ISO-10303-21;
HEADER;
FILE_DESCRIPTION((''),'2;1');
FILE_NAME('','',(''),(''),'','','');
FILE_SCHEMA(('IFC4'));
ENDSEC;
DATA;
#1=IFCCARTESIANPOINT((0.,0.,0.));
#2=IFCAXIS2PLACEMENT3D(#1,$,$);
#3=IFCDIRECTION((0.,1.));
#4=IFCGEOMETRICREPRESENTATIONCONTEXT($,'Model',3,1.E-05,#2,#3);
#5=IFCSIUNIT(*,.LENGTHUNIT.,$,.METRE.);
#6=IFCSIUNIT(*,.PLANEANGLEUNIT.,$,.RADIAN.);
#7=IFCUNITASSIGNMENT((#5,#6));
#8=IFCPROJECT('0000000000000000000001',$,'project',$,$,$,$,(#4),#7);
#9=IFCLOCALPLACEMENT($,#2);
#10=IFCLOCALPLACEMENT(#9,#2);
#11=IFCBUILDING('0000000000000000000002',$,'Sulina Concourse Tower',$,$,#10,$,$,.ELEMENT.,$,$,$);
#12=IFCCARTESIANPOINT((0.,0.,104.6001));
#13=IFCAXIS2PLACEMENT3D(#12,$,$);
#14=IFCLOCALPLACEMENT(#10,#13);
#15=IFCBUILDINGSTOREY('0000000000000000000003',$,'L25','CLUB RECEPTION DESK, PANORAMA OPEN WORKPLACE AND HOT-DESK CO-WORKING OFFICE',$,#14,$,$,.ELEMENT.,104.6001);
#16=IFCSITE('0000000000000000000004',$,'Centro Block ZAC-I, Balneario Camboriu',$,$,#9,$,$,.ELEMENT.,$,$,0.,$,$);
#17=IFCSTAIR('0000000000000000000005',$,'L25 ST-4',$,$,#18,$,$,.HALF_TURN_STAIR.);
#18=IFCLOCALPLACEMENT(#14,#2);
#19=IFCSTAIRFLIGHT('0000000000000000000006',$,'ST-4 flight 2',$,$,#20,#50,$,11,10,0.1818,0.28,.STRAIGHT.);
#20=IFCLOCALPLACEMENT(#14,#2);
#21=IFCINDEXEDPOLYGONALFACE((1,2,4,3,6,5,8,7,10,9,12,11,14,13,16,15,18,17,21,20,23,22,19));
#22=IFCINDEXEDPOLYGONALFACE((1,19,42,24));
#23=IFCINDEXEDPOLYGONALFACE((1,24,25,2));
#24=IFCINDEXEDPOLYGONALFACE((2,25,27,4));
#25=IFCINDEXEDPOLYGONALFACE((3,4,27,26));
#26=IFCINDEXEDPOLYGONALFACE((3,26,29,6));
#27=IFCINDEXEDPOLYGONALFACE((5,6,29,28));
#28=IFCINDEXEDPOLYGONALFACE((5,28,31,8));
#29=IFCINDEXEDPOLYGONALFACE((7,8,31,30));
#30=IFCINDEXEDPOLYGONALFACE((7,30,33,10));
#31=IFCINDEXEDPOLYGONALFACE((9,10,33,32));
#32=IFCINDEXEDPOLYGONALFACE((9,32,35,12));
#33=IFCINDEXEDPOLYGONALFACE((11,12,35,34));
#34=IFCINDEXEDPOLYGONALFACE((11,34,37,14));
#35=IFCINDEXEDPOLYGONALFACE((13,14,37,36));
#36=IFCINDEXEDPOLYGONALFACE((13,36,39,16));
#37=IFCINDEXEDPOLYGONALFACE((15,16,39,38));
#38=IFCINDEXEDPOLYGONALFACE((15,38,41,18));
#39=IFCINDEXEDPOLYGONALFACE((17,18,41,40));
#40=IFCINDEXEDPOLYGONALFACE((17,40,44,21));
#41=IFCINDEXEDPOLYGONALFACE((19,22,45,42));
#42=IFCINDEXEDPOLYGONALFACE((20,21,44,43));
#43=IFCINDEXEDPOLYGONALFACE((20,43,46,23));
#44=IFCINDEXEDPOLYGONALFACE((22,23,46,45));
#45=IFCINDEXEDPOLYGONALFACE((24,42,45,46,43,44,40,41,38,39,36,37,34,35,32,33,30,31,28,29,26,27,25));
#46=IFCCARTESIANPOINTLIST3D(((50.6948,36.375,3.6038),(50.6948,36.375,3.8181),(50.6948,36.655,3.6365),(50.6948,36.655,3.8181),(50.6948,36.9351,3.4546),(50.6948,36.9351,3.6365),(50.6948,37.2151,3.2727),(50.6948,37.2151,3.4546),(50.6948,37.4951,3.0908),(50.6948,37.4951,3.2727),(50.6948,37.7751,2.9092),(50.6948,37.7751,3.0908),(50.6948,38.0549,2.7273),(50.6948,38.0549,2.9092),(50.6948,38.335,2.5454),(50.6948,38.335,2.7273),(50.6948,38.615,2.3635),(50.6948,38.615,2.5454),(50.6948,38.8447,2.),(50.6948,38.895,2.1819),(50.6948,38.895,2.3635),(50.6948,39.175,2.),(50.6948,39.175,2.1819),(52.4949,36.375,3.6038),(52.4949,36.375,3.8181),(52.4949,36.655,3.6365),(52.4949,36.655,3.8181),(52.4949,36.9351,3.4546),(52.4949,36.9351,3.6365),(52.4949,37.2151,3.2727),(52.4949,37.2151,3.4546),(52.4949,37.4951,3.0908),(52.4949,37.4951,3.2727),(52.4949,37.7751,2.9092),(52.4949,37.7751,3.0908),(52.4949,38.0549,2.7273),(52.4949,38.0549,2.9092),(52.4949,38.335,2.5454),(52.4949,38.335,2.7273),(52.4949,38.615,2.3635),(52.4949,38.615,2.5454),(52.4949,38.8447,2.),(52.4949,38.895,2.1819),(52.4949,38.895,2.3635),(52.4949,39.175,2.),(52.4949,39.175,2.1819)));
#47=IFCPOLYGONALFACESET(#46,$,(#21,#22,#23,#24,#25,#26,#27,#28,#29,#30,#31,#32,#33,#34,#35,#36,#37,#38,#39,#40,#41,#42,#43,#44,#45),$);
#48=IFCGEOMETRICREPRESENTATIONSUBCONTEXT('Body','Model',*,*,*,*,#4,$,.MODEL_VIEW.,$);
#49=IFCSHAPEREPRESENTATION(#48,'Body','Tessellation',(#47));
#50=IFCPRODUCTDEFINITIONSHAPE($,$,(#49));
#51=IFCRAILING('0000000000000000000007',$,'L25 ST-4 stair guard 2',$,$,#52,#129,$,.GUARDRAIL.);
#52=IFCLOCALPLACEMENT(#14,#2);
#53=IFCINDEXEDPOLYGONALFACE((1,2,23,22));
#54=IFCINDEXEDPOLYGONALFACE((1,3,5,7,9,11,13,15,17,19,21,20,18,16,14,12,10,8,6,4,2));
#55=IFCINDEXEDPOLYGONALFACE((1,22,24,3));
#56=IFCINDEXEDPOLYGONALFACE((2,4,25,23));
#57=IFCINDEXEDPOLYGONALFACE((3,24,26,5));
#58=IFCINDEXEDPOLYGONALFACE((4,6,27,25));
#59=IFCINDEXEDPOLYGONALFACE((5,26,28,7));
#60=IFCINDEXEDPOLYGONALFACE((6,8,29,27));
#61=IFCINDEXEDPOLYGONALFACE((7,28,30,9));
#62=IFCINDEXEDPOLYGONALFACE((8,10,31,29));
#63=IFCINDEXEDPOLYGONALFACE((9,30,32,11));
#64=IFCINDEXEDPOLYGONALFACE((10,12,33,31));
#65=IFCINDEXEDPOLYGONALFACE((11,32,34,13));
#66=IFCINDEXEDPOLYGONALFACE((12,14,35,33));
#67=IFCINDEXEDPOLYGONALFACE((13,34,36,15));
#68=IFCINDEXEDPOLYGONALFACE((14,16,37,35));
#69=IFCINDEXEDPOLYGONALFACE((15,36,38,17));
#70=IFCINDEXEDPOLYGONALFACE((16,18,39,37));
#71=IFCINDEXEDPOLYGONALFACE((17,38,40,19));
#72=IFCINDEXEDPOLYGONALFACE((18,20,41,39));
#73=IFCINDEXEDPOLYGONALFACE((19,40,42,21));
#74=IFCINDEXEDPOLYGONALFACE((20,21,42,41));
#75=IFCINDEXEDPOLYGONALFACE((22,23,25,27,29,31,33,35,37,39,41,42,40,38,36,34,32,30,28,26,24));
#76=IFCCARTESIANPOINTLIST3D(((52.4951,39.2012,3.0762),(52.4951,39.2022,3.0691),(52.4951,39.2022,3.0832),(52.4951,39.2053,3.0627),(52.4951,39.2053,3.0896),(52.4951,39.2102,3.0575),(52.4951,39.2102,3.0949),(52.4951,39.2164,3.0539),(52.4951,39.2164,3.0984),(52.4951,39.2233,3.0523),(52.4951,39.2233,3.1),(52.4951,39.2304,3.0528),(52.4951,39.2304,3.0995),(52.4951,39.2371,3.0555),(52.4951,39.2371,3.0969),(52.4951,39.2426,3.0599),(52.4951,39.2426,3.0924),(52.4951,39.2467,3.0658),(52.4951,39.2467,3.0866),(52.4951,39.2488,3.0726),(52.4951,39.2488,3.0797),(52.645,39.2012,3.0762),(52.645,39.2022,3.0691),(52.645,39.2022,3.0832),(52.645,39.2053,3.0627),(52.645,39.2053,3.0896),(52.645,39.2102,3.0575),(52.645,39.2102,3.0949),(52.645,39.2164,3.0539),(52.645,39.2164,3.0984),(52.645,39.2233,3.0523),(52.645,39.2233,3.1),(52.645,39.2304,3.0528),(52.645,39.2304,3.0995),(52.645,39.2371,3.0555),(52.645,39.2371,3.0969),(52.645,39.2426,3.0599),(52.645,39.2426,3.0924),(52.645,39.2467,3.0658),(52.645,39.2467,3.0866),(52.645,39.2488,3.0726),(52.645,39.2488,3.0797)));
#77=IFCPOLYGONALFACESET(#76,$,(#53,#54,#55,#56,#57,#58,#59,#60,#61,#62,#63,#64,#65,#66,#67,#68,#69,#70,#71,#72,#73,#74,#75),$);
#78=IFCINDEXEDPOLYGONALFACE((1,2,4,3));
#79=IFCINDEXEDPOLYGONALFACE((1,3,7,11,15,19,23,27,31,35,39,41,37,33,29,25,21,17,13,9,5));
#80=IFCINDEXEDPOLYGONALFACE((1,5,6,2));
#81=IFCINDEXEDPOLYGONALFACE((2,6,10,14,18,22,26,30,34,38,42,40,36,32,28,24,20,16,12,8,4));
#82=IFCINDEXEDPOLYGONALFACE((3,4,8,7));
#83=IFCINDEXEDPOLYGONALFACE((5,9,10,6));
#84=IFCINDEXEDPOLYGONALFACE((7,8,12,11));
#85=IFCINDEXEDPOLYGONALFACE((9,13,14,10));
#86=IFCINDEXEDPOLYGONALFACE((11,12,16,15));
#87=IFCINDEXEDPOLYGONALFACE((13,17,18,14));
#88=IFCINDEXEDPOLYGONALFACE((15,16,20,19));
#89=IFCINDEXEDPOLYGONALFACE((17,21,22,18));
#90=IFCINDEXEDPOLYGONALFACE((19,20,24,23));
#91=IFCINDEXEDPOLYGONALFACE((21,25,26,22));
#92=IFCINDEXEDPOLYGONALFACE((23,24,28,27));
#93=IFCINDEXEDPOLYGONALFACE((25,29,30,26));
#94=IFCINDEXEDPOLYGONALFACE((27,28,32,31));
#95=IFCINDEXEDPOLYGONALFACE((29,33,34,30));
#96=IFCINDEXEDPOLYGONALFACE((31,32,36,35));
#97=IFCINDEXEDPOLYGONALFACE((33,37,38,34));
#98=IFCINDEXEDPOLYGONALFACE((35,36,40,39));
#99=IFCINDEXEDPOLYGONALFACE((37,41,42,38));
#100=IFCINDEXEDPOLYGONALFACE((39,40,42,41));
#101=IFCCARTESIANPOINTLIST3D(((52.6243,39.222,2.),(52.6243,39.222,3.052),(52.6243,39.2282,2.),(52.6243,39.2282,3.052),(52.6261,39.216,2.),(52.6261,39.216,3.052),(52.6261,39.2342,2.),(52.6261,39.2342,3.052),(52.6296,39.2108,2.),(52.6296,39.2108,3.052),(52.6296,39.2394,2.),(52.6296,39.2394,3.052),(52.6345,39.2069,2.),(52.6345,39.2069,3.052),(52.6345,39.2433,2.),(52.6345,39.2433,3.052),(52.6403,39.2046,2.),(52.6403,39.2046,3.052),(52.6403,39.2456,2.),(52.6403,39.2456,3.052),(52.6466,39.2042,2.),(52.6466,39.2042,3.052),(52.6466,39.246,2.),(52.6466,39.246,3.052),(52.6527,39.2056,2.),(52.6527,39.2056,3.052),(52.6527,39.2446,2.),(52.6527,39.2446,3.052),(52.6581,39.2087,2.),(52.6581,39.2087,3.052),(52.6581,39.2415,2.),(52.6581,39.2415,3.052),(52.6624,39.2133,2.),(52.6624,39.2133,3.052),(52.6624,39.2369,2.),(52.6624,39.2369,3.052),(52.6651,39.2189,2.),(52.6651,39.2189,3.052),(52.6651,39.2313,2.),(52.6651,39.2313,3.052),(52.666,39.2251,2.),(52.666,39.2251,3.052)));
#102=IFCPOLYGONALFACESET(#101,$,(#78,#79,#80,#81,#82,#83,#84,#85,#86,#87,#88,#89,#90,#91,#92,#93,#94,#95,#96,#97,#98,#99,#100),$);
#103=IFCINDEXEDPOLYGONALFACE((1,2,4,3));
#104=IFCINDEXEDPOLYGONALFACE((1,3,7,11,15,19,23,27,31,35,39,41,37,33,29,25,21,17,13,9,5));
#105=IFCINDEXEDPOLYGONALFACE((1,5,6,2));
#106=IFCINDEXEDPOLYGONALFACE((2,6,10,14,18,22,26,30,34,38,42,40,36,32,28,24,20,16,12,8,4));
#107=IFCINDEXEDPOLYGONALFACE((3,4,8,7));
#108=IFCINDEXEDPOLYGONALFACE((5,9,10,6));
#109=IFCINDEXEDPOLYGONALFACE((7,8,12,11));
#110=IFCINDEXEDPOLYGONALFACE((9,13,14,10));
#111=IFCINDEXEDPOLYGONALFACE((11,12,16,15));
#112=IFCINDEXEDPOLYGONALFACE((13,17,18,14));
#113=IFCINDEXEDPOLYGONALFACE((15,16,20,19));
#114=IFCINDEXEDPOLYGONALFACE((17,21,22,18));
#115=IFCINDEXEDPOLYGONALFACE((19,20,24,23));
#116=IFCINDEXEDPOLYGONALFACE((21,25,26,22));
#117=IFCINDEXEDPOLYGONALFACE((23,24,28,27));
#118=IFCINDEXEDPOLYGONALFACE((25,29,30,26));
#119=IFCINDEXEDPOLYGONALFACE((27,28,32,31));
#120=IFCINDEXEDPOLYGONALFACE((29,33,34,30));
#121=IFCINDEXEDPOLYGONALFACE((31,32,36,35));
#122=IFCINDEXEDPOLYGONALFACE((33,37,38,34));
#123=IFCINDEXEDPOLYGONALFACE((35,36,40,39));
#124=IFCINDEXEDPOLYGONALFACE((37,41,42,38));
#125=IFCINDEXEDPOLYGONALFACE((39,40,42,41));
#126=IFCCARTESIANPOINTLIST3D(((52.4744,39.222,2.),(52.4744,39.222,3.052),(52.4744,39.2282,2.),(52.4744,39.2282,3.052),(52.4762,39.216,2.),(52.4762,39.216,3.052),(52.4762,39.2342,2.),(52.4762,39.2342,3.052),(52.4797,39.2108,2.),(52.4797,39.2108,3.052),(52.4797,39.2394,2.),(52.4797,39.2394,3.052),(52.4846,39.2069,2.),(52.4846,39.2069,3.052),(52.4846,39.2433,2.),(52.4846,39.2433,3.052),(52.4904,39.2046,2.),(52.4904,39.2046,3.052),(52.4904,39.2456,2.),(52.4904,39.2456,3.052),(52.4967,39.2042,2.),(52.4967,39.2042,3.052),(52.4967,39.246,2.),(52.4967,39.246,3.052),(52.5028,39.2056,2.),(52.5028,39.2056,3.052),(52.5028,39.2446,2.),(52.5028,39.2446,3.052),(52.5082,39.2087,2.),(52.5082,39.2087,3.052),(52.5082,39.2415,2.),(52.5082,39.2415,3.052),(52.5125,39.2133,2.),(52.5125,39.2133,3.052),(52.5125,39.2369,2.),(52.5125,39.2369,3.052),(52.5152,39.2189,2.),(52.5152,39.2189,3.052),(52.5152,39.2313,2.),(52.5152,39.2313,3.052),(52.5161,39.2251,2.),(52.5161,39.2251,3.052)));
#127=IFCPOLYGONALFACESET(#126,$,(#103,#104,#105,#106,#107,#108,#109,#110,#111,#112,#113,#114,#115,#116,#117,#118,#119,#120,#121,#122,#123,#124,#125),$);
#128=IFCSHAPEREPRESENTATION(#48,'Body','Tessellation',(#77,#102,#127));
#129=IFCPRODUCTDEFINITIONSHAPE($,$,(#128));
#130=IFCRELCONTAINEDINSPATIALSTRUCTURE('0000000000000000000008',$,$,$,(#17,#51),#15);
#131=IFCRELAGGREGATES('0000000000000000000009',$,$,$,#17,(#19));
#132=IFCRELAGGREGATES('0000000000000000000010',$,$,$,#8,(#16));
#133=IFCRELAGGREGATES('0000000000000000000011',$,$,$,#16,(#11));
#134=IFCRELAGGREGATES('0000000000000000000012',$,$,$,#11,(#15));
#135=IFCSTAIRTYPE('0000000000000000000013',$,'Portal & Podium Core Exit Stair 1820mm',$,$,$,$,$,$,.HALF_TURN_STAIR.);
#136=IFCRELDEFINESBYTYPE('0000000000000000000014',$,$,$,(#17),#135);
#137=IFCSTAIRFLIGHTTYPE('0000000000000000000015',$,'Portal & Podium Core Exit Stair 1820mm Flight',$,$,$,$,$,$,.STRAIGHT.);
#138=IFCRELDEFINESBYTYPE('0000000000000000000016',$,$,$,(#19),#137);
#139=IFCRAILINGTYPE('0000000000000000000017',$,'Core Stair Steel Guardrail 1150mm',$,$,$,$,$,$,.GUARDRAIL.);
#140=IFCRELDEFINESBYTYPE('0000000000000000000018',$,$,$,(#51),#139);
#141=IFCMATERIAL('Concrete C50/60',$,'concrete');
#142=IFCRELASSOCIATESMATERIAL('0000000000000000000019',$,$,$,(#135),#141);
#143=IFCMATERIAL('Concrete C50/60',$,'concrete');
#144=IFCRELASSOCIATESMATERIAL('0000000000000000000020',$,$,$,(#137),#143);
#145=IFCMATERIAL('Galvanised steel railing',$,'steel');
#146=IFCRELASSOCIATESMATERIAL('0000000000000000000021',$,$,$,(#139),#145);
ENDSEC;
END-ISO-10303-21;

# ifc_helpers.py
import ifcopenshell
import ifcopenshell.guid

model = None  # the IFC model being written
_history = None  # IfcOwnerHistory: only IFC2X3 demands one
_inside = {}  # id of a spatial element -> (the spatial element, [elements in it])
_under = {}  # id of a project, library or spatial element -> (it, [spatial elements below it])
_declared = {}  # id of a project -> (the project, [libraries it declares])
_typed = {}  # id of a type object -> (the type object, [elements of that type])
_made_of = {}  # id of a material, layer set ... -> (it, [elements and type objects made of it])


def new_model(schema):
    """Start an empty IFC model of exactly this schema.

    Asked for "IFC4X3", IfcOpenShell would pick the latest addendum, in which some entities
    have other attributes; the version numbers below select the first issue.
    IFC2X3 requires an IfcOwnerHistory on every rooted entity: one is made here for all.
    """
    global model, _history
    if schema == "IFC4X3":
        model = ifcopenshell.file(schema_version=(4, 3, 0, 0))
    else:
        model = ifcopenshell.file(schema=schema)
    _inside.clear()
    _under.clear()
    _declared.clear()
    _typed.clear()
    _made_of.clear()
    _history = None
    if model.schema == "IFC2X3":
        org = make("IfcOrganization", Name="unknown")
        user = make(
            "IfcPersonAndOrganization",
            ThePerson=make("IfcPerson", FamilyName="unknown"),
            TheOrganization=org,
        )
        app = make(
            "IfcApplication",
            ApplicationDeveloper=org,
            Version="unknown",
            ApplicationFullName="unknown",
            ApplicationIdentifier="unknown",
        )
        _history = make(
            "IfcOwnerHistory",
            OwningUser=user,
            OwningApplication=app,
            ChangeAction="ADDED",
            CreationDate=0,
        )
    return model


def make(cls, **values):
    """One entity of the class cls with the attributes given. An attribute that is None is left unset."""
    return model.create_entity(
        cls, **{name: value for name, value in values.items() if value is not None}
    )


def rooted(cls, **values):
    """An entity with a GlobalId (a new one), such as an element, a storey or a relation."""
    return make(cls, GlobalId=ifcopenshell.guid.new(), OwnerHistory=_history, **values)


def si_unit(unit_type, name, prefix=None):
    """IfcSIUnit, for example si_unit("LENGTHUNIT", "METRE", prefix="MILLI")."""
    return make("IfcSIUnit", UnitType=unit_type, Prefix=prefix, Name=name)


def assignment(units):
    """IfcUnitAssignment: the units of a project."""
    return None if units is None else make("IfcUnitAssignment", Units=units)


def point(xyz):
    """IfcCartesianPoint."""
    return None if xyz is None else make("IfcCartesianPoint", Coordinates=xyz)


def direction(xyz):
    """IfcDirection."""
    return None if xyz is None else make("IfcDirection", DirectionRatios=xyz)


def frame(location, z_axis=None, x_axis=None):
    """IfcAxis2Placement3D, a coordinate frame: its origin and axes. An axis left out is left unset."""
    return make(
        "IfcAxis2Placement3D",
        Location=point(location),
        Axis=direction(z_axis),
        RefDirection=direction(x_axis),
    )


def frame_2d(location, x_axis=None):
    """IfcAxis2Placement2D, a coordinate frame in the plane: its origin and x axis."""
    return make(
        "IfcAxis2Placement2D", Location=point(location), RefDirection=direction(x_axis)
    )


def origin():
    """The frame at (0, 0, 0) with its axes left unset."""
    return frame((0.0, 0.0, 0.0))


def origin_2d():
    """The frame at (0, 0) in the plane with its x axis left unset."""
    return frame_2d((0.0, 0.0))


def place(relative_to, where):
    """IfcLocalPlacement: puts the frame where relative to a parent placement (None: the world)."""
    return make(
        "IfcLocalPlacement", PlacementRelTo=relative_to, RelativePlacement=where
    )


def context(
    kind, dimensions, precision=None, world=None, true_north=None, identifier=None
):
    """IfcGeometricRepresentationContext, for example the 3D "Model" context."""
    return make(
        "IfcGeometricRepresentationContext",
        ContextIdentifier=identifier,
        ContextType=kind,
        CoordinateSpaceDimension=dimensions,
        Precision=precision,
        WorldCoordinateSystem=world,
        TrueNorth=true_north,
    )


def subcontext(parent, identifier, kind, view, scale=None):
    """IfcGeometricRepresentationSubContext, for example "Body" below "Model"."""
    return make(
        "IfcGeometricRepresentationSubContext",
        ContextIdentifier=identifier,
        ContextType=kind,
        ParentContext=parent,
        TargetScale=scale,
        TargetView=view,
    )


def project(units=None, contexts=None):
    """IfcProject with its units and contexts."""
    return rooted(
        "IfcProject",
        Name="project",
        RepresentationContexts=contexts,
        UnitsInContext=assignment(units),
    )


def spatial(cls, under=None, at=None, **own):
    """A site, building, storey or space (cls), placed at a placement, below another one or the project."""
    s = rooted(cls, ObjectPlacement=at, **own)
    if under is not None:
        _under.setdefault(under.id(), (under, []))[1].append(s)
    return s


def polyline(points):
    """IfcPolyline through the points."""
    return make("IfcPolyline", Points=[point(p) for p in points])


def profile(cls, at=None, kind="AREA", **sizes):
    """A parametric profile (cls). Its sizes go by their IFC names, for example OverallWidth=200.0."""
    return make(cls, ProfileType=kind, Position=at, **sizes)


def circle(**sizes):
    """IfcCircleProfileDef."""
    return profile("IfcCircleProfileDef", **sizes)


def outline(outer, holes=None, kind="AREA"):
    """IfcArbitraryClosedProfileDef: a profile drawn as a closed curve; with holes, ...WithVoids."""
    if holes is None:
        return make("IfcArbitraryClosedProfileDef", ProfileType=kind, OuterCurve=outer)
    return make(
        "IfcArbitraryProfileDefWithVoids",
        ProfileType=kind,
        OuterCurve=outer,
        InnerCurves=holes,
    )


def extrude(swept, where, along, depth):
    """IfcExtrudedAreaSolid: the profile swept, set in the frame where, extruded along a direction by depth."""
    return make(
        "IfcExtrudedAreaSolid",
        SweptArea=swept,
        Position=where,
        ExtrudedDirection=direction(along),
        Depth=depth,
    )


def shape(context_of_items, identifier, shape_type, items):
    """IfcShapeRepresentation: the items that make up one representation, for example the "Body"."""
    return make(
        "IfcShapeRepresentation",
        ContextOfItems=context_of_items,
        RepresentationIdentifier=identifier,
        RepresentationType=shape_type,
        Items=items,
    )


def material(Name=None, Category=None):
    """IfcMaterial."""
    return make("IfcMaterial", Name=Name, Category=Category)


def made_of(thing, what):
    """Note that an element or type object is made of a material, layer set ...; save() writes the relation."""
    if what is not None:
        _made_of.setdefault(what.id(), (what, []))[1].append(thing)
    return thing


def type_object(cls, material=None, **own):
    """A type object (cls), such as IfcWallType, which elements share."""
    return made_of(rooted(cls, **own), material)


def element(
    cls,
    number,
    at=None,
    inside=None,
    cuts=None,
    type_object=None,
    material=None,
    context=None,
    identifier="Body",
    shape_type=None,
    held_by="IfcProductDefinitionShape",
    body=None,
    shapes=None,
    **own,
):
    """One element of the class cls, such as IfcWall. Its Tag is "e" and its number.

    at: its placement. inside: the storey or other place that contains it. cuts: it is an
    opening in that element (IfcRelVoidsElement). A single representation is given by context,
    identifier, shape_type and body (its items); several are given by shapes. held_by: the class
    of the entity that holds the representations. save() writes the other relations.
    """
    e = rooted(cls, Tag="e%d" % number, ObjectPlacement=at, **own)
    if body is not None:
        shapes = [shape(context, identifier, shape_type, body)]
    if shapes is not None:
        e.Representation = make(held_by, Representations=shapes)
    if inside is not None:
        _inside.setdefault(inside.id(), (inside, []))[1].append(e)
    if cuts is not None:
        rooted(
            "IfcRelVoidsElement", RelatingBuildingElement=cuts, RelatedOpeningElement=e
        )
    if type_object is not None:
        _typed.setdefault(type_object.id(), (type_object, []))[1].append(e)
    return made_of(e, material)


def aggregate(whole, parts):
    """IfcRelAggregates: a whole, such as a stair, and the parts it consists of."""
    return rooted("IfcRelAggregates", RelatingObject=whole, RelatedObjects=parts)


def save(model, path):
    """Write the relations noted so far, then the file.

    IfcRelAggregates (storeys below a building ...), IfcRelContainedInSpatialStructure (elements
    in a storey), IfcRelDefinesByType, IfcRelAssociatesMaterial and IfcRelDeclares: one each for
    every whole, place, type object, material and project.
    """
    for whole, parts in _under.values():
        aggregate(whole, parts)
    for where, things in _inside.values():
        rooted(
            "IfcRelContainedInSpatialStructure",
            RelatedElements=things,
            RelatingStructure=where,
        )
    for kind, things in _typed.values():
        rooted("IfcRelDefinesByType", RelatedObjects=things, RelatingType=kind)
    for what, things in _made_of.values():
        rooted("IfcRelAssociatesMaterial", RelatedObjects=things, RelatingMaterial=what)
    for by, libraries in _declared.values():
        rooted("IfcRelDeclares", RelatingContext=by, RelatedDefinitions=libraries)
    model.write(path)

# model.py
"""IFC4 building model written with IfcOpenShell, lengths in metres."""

from ifc_helpers import new_model, si_unit, direction, frame, origin, origin_2d, place, context, subcontext, project, spatial, polyline, circle, outline, extrude, material, type_object, element, aggregate, save


model = new_model("IFC4")

# Units and contexts
model_context = context("Model", 3, precision=1e-05, world=origin(), true_north=direction((0.0, 1.0)))
body_context = subcontext(model_context, "Body", "Model", "MODEL_VIEW")
ifc_project = project(units=[si_unit("LENGTHUNIT", "METRE"), si_unit("PLANEANGLEUNIT", "RADIAN")], contexts=[model_context])

# Site, building, storey
site_placement = place(None, origin())
site = spatial("IfcSite", under=ifc_project, at=site_placement, Name="Centro Block ZAC-I, Balneario Camboriu", CompositionType="ELEMENT", RefElevation=0.0)
building_placement = place(site_placement, origin())
building = spatial("IfcBuilding", under=site, at=building_placement, Name="Sulina Concourse Tower", CompositionType="ELEMENT")
storey_placement = place(building_placement, frame((0.0, 0.0, 104.6001)))
storey = spatial("IfcBuildingStorey", under=building, at=storey_placement, Name="L25", Description="CLUB RECEPTION DESK, PANORAMA OPEN WORKPLACE AND HOT-DESK CO-WORKING OFFICE", CompositionType="ELEMENT", Elevation=104.6001)

# Stair, stair flight
ifc_material_1 = material(Name="Concrete C50/60", Category="concrete")
stair_type = type_object("IfcStairType", Name="Portal & Podium Core Exit Stair 1820mm", PredefinedType="HALF_TURN_STAIR", material=ifc_material_1)
stair_placement = place(storey_placement, origin())
stair = element("IfcStair", 1, at=stair_placement, inside=storey, type_object=stair_type, Name="L25 ST-4", PredefinedType="HALF_TURN_STAIR")
ifc_material_2 = material(Name="Concrete C50/60", Category="concrete")
stair_flight_type = type_object("IfcStairFlightType", Name="Portal & Podium Core Exit Stair 1820mm Flight", PredefinedType="STRAIGHT", material=ifc_material_2)
stair_flight_placement = place(storey_placement, frame((51.595, 39.175, 2.0), z_axis=(0.0, 0.0, 1.0), x_axis=(0.0, -1.0, 0.0)))
stair_flight = element("IfcStairFlight", 2, at=stair_flight_placement, type_object=stair_flight_type, Name="ST-4 flight 2", NumberOfRisers=11, NumberOfTreads=10, PredefinedType="STRAIGHT", RiserHeight=0.1818, TreadLength=0.28, context=body_context, shape_type="SweptSolid", body=[
    extrude(outline(polyline([(0.0, 0.0), (0.0, 0.1819), (0.28, 0.1819), (0.28, 0.3635), (0.5601, 0.3635), (0.5601, 0.5454), (0.8401, 0.5454), (0.8401, 0.7273), (1.1201, 0.7273), (1.1201, 0.9092), (1.3999, 0.9092), (1.3999, 1.0908), (1.6799, 1.0908), (1.6799, 1.2727), (1.96, 1.2727), (1.96, 1.4546), (2.24, 1.4546), (2.24, 1.6365), (2.52, 1.6365), (2.52, 1.8181), (2.8, 1.8181), (2.8, 2.0), (2.8, 1.6038), (0.3303, 0.0), (0.0, 0.0)])), frame((0.0, 0.8999, 0.0), z_axis=(0.0, -1.0, 0.0), x_axis=(1.0, 0.0, 0.0)), (0.0, 0.0, 1.0), 1.8),
])
aggregate(stair, [stair_flight])

# Railing
ifc_material_3 = material(Name="Galvanised steel railing", Category="steel")
railing_type_1 = type_object("IfcRailingType", Name="Core Stair Steel Guardrail 1150mm", PredefinedType="GUARDRAIL", material=ifc_material_3)
railing_1_placement = place(storey_placement, frame((52.645, 39.2251, 2.0)))
element("IfcRailing", 3, at=railing_1_placement, inside=storey, type_object=railing_type_1, Name="L25 ST-4 stair guard 2", PredefinedType="GUARDRAIL", context=body_context, shape_type="SweptSolid", body=[
    extrude(circle(Radius=0.0239, at=origin_2d()), frame((0.0, 0.0, 1.0762), z_axis=(-1.0, 0.0, 0.0), x_axis=(0.0, -1.0, 0.0)), (0.0, 0.0, 1.0), 0.1499),
    extrude(circle(Radius=0.021, at=origin_2d()), origin(), (0.0, 0.0, 1.0), 1.052),
    extrude(circle(Radius=0.021, at=origin_2d()), frame((-0.1499, 0.0, 0.0)), (0.0, 0.0, 1.0), 1.052),
])

save(model, "model.ifc")
